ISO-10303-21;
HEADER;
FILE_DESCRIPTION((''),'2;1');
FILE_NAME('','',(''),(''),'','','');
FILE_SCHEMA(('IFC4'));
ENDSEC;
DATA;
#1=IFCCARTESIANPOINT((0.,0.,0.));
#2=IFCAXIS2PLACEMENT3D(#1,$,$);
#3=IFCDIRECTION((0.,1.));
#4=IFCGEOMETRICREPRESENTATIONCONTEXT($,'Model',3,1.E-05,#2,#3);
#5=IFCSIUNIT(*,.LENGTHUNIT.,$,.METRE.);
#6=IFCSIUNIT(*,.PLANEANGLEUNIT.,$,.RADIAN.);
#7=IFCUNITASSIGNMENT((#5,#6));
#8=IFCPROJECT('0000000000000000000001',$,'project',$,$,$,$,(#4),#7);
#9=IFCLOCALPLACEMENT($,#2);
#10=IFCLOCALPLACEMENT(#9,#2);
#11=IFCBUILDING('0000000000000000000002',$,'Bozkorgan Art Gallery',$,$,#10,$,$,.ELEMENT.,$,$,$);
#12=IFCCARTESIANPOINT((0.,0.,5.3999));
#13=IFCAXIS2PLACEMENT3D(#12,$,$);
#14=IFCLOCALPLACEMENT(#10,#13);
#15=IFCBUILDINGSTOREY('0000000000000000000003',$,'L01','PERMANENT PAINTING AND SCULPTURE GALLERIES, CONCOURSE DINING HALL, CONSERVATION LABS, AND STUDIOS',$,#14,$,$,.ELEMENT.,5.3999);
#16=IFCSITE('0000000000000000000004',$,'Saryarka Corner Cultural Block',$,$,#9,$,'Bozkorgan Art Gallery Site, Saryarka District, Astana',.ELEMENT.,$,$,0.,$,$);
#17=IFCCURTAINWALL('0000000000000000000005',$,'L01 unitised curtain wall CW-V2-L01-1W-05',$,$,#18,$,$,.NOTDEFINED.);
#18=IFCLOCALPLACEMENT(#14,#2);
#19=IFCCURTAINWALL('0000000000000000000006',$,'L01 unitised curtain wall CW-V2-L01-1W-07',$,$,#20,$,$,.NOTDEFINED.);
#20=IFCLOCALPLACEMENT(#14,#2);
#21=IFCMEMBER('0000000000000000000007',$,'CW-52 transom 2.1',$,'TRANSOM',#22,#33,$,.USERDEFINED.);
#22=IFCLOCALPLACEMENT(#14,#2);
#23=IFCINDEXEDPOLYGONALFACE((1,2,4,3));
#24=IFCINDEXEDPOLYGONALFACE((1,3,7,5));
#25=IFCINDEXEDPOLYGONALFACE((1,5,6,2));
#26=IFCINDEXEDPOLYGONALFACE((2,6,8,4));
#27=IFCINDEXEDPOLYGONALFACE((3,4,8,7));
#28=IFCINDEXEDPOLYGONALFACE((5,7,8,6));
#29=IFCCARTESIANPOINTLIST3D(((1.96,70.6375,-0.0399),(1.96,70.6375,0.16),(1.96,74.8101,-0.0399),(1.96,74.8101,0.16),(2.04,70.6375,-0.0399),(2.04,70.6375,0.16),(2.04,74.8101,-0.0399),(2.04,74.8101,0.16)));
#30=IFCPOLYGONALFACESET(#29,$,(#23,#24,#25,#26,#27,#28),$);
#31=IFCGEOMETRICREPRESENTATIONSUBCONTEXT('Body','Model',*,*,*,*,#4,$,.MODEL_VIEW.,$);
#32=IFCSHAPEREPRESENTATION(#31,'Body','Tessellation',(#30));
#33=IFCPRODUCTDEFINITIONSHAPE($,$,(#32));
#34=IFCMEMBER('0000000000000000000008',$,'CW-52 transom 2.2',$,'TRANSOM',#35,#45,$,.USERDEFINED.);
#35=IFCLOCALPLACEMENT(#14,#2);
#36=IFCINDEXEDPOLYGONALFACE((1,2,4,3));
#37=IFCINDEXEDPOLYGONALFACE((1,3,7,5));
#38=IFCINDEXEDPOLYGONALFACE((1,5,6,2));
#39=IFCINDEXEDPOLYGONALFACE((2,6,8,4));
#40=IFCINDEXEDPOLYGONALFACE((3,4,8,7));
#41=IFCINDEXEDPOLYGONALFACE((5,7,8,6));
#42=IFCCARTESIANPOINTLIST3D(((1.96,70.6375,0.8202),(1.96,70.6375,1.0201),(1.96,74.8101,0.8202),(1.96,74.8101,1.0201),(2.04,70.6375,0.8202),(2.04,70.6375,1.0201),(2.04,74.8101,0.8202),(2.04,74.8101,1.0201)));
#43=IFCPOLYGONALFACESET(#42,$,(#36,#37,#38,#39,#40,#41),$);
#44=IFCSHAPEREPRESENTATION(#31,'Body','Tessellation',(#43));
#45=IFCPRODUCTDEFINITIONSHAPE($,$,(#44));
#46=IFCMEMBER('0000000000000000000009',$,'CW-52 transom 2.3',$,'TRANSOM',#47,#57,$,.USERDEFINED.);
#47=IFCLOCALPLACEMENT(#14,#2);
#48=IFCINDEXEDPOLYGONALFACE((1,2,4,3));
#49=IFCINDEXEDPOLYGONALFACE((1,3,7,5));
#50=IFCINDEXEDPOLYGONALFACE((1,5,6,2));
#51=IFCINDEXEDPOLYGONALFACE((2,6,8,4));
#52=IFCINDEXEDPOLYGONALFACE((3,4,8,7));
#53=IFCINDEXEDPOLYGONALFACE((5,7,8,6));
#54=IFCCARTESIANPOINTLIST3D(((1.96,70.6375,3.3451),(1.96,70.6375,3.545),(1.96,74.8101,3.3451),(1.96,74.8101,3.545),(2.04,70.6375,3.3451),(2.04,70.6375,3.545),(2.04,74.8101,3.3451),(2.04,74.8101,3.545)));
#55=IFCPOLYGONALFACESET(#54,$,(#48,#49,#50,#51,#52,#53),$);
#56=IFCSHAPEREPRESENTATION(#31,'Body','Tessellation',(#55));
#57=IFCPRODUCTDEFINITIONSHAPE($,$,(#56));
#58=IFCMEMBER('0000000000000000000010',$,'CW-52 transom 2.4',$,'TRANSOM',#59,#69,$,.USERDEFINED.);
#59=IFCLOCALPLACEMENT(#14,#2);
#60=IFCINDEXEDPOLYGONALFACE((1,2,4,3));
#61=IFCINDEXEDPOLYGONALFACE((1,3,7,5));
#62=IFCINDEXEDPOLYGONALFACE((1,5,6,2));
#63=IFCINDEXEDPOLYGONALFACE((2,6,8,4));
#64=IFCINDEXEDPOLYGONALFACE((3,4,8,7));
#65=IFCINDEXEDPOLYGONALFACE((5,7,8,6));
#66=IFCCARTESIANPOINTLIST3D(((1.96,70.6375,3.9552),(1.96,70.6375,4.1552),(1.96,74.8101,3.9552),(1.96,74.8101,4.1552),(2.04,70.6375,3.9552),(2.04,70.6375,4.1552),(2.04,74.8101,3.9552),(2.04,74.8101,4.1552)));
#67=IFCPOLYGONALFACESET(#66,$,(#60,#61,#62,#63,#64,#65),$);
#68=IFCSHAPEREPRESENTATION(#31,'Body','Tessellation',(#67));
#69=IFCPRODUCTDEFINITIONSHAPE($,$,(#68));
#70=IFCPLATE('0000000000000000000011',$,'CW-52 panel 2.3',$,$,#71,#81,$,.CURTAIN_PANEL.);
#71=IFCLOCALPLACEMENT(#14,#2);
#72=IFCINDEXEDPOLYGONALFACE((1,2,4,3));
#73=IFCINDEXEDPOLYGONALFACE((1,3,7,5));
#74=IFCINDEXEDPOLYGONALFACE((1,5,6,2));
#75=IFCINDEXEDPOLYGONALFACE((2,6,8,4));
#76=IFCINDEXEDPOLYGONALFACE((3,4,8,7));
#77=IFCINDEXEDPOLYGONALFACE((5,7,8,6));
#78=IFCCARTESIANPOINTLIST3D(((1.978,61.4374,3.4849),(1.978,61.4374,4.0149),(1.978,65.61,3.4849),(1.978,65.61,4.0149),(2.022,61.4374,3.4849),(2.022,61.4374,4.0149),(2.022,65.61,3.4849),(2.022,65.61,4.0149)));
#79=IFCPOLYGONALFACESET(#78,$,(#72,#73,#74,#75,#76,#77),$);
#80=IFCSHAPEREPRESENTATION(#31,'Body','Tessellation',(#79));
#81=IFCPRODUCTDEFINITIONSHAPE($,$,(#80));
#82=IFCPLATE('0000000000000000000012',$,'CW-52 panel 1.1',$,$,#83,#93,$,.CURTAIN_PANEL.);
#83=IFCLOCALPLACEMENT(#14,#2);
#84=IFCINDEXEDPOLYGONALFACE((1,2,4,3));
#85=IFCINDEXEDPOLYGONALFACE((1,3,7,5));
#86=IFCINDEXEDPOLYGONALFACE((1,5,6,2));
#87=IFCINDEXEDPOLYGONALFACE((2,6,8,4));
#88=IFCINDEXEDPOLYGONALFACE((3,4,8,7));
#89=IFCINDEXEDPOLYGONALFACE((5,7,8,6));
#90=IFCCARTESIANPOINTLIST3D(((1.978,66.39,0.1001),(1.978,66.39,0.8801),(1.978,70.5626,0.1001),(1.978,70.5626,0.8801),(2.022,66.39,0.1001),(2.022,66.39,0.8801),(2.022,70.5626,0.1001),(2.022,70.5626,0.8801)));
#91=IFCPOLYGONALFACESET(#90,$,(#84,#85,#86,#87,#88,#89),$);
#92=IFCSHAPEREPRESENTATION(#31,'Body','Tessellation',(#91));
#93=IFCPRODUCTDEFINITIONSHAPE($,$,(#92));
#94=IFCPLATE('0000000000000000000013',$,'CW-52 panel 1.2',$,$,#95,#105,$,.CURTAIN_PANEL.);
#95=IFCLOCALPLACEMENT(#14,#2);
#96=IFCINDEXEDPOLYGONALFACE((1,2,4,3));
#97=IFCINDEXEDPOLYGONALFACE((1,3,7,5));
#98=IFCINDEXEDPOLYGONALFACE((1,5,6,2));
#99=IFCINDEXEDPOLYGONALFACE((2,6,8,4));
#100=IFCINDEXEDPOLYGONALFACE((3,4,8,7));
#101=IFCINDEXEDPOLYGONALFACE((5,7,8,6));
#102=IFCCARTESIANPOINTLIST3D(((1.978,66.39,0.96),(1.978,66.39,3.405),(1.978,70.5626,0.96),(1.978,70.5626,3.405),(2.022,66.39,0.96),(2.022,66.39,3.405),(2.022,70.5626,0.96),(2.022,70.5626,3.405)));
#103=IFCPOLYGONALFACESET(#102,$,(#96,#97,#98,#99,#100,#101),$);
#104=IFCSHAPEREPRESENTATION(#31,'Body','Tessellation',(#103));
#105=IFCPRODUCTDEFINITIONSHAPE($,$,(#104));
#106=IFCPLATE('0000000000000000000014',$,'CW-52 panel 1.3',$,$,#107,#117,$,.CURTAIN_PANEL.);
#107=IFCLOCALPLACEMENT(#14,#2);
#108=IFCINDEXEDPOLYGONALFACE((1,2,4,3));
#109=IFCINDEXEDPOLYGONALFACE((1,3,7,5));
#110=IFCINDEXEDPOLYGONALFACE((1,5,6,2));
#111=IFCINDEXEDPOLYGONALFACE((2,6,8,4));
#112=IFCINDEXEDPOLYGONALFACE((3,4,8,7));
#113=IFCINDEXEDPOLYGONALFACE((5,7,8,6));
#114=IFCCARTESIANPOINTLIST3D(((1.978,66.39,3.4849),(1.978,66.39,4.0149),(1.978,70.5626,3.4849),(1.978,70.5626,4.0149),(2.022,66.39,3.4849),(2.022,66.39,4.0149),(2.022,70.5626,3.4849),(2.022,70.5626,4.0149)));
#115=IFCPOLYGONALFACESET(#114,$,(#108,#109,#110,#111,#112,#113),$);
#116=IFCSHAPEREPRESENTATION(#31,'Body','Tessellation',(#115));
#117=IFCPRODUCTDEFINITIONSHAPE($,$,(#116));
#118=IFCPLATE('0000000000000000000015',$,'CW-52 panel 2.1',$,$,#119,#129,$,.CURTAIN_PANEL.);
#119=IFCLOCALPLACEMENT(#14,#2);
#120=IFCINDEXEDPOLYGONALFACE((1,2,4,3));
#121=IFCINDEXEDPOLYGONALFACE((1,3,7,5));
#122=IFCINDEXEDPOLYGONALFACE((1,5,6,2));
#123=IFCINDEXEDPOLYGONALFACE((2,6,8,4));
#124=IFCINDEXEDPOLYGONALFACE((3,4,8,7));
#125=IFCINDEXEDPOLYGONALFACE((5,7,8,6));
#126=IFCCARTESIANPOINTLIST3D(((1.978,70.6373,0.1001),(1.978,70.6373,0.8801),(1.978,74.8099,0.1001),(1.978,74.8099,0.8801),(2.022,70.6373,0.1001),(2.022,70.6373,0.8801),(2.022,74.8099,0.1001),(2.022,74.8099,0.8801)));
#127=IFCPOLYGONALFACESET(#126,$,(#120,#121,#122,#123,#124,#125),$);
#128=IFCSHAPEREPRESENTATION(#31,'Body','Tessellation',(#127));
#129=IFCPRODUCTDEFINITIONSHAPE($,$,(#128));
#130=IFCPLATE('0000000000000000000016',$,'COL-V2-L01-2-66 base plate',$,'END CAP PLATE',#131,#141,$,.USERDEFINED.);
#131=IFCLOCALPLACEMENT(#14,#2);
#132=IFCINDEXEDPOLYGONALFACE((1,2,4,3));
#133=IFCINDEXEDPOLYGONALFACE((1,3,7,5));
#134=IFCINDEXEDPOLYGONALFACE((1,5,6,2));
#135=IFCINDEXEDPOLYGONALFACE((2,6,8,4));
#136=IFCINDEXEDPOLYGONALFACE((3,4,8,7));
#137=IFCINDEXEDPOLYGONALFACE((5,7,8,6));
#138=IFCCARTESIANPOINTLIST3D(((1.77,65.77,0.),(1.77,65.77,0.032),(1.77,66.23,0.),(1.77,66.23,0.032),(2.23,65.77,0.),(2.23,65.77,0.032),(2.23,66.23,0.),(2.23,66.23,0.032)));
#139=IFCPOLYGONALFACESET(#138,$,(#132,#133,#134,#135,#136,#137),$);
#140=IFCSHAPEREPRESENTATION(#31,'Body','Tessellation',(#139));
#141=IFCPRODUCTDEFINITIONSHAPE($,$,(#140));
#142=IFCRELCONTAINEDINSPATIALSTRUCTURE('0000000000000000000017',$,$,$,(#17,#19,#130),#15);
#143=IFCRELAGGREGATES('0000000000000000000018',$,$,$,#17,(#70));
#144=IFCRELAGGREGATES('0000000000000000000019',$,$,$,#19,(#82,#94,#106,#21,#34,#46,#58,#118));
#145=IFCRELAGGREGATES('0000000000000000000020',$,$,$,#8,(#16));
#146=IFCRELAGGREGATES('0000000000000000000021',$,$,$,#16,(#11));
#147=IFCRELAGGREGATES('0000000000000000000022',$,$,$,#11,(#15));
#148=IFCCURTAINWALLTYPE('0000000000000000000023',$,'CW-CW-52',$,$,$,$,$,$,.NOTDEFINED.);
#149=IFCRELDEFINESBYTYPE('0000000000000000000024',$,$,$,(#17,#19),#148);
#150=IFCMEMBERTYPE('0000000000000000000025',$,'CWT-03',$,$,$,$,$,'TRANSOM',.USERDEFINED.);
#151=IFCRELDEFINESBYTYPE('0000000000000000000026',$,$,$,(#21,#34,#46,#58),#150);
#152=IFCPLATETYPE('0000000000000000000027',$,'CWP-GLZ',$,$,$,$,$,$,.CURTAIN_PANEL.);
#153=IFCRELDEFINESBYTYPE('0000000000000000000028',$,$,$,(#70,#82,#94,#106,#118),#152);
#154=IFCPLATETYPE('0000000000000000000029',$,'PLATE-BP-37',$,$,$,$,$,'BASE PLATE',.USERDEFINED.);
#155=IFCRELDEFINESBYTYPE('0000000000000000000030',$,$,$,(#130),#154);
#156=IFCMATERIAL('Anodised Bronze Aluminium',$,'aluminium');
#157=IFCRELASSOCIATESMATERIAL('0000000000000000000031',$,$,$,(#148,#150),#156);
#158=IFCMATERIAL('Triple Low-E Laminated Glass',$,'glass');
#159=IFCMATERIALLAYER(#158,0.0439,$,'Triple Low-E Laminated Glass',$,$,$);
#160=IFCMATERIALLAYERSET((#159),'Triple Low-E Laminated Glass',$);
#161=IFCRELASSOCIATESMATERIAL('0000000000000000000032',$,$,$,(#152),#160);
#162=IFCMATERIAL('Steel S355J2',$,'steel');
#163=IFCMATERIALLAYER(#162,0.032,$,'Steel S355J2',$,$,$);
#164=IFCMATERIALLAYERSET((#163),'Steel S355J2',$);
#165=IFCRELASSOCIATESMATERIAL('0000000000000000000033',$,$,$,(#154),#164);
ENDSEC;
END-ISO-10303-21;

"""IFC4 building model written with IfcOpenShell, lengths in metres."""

from ifc_helpers import new_model, si_unit, direction, frame, origin, origin_2d, place, context, subcontext, project, spatial, rectangle, extrude, material, layer, layer_set, material_profile, profile_set, type_object, element, aggregate, save


model = new_model("IFC4")

# Units and contexts
model_context = context("Model", 3, precision=1e-05, world=origin(), true_north=direction((0.0, 1.0)))
body_context = subcontext(model_context, "Body", "Model", "MODEL_VIEW")
ifc_project = project(units=[si_unit("LENGTHUNIT", "METRE"), si_unit("PLANEANGLEUNIT", "RADIAN")], contexts=[model_context])

# Site, building, storey
site_placement = place(None, origin())
site = spatial("IfcSite", under=ifc_project, at=site_placement, Name="Saryarka Corner Cultural Block", LongName="Bozkorgan Art Gallery Site, Saryarka District, Astana", CompositionType="ELEMENT", RefElevation=0.0)
building_placement = place(site_placement, origin())
building = spatial("IfcBuilding", under=site, at=building_placement, Name="Bozkorgan Art Gallery", CompositionType="ELEMENT")
storey_placement = place(building_placement, frame((0.0, 0.0, 5.3999)))
storey = spatial("IfcBuildingStorey", under=building, at=storey_placement, Name="L01", Description="PERMANENT PAINTING AND SCULPTURE GALLERIES, CONCOURSE DINING HALL, CONSERVATION LABS, AND STUDIOS", CompositionType="ELEMENT", Elevation=5.3999)

# Shared definitions
ifc_material_1 = material(Name="Steel S355J2", Category="steel")

# Curtain wall
ifc_material_2 = material(Name="Anodised Bronze Aluminium", Category="aluminium")
curtain_wall_type = type_object("IfcCurtainWallType", Name="CW-CW-52", PredefinedType="NOTDEFINED", material=ifc_material_2)
curtain_wall_1_placement = place(storey_placement, origin())
curtain_wall_1 = element("IfcCurtainWall", 1, at=curtain_wall_1_placement, inside=storey, type_object=curtain_wall_type, Name="L01 unitised curtain wall CW-V2-L01-1W-05", PredefinedType="NOTDEFINED")

# Curtain wall, members
curtain_wall_2_placement = place(storey_placement, origin())
curtain_wall_2 = element("IfcCurtainWall", 2, at=curtain_wall_2_placement, inside=storey, type_object=curtain_wall_type, Name="L01 unitised curtain wall CW-V2-L01-1W-07", PredefinedType="NOTDEFINED")
ifc_material_profile_1 = material_profile(ifc_material_2, rectangle(XDim=0.0801, YDim=0.2, at=origin_2d()), Name="ALU TRANSOM 80x200")
ifc_profile_set_1 = profile_set([ifc_material_profile_1], Name="Anodised Bronze Aluminium")
member_type_1 = type_object("IfcMemberType", Name="CWT-03", ElementType="TRANSOM", PredefinedType="USERDEFINED", material=ifc_profile_set_1)
member_1_placement = place(storey_placement, frame((2.0, 70.6375, 0.0601), z_axis=(0.0, 1.0, 0.0), x_axis=(-1.0, 0.0, 0.0)))
member_1 = element("IfcMember", 3, at=member_1_placement, type_object=member_type_1, Name="CW-52 transom 2.1", ObjectType="TRANSOM", PredefinedType="USERDEFINED", context=body_context, shape_type="SweptSolid", body=[
    extrude(rectangle(XDim=0.0801, YDim=0.2, at=origin_2d()), origin(), (0.0, 0.0, 1.0), 4.1726),
])
member_2_placement = place(storey_placement, frame((2.0, 70.6375, 0.9202), z_axis=(0.0, 1.0, 0.0), x_axis=(-1.0, 0.0, 0.0)))
member_2 = element("IfcMember", 4, at=member_2_placement, type_object=member_type_1, Name="CW-52 transom 2.2", ObjectType="TRANSOM", PredefinedType="USERDEFINED", context=body_context, shape_type="SweptSolid", body=[
    extrude(rectangle(XDim=0.0801, YDim=0.2, at=origin_2d()), origin(), (0.0, 0.0, 1.0), 4.1726),
])
member_3_placement = place(storey_placement, frame((2.0, 70.6375, 3.4451), z_axis=(0.0, 1.0, 0.0), x_axis=(-1.0, 0.0, 0.0)))
member_3 = element("IfcMember", 5, at=member_3_placement, type_object=member_type_1, Name="CW-52 transom 2.3", ObjectType="TRANSOM", PredefinedType="USERDEFINED", context=body_context, shape_type="SweptSolid", body=[
    extrude(rectangle(XDim=0.0801, YDim=0.2, at=origin_2d()), origin(), (0.0, 0.0, 1.0), 4.1726),
])
member_4_placement = place(storey_placement, frame((2.0, 70.6375, 4.0552), z_axis=(0.0, 1.0, 0.0), x_axis=(-1.0, 0.0, 0.0)))
member_4 = element("IfcMember", 6, at=member_4_placement, type_object=member_type_1, Name="CW-52 transom 2.4", ObjectType="TRANSOM", PredefinedType="USERDEFINED", context=body_context, shape_type="SweptSolid", body=[
    extrude(rectangle(XDim=0.0801, YDim=0.2, at=origin_2d()), origin(), (0.0, 0.0, 1.0), 4.1726),
])

# Plates
ifc_material_3 = material(Name="Triple Low-E Laminated Glass", Category="glass")
ifc_layer_1 = layer(ifc_material_3, 0.0439, Name="Triple Low-E Laminated Glass")
ifc_layer_set_1 = layer_set([ifc_layer_1], Name="Triple Low-E Laminated Glass")
plate_type_1 = type_object("IfcPlateType", Name="CWP-GLZ", PredefinedType="CURTAIN_PANEL", material=ifc_layer_set_1)
plate_1_placement = place(storey_placement, frame((2.0, 63.5237, 3.4849), z_axis=(0.0, 0.0, 1.0), x_axis=(0.0, 1.0, 0.0)))
plate_1 = element("IfcPlate", 7, at=plate_1_placement, type_object=plate_type_1, Name="CW-52 panel 2.3", PredefinedType="CURTAIN_PANEL", context=body_context, shape_type="SweptSolid", body=[
    extrude(rectangle(XDim=4.1726, YDim=0.0439, at=origin_2d()), origin(), (0.0, 0.0, 1.0), 0.53),
])
aggregate(curtain_wall_1, [plate_1])
plate_2_placement = place(storey_placement, frame((2.0, 68.4763, 0.1001), z_axis=(0.0, 0.0, 1.0), x_axis=(0.0, 1.0, 0.0)))
plate_2 = element("IfcPlate", 8, at=plate_2_placement, type_object=plate_type_1, Name="CW-52 panel 1.1", PredefinedType="CURTAIN_PANEL", context=body_context, shape_type="SweptSolid", body=[
    extrude(rectangle(XDim=4.1726, YDim=0.0439, at=origin_2d()), origin(), (0.0, 0.0, 1.0), 0.78),
])
plate_3_placement = place(storey_placement, frame((2.0, 68.4763, 0.96), z_axis=(0.0, 0.0, 1.0), x_axis=(0.0, 1.0, 0.0)))
plate_3 = element("IfcPlate", 9, at=plate_3_placement, type_object=plate_type_1, Name="CW-52 panel 1.2", PredefinedType="CURTAIN_PANEL", context=body_context, shape_type="SweptSolid", body=[
    extrude(rectangle(XDim=4.1726, YDim=0.0439, at=origin_2d()), origin(), (0.0, 0.0, 1.0), 2.4451),
])
plate_4_placement = place(storey_placement, frame((2.0, 68.4763, 3.4849), z_axis=(0.0, 0.0, 1.0), x_axis=(0.0, 1.0, 0.0)))
plate_4 = element("IfcPlate", 10, at=plate_4_placement, type_object=plate_type_1, Name="CW-52 panel 1.3", PredefinedType="CURTAIN_PANEL", context=body_context, shape_type="SweptSolid", body=[
    extrude(rectangle(XDim=4.1726, YDim=0.0439, at=origin_2d()), origin(), (0.0, 0.0, 1.0), 0.53),
])
plate_5_placement = place(storey_placement, frame((2.0, 72.7236, 0.1001), z_axis=(0.0, 0.0, 1.0), x_axis=(0.0, 1.0, 0.0)))
plate_5 = element("IfcPlate", 11, at=plate_5_placement, type_object=plate_type_1, Name="CW-52 panel 2.1", PredefinedType="CURTAIN_PANEL", context=body_context, shape_type="SweptSolid", body=[
    extrude(rectangle(XDim=4.1726, YDim=0.0439, at=origin_2d()), origin(), (0.0, 0.0, 1.0), 0.78),
])
aggregate(curtain_wall_2, [plate_2, plate_3, plate_4, member_1, member_2, member_3, member_4, plate_5])
ifc_layer_2 = layer(ifc_material_1, 0.032, Name="Steel S355J2")
ifc_layer_set_2 = layer_set([ifc_layer_2], Name="Steel S355J2")
plate_type_2 = type_object("IfcPlateType", Name="PLATE-BP-37", ElementType="BASE PLATE", PredefinedType="USERDEFINED", material=ifc_layer_set_2)
plate_6_placement = place(storey_placement, frame((2.0, 66.0, 0.0), z_axis=(0.0, 0.0, 1.0), x_axis=(1.0, 0.0, 0.0)))
element("IfcPlate", 12, at=plate_6_placement, inside=storey, type_object=plate_type_2, Name="COL-V2-L01-2-66 base plate", ObjectType="END CAP PLATE", PredefinedType="USERDEFINED", context=body_context, shape_type="SweptSolid", body=[
    extrude(rectangle(XDim=0.46, YDim=0.46, at=origin_2d()), origin(), (0.0, 0.0, 1.0), 0.032),
])

save(model, "model.ifc")
